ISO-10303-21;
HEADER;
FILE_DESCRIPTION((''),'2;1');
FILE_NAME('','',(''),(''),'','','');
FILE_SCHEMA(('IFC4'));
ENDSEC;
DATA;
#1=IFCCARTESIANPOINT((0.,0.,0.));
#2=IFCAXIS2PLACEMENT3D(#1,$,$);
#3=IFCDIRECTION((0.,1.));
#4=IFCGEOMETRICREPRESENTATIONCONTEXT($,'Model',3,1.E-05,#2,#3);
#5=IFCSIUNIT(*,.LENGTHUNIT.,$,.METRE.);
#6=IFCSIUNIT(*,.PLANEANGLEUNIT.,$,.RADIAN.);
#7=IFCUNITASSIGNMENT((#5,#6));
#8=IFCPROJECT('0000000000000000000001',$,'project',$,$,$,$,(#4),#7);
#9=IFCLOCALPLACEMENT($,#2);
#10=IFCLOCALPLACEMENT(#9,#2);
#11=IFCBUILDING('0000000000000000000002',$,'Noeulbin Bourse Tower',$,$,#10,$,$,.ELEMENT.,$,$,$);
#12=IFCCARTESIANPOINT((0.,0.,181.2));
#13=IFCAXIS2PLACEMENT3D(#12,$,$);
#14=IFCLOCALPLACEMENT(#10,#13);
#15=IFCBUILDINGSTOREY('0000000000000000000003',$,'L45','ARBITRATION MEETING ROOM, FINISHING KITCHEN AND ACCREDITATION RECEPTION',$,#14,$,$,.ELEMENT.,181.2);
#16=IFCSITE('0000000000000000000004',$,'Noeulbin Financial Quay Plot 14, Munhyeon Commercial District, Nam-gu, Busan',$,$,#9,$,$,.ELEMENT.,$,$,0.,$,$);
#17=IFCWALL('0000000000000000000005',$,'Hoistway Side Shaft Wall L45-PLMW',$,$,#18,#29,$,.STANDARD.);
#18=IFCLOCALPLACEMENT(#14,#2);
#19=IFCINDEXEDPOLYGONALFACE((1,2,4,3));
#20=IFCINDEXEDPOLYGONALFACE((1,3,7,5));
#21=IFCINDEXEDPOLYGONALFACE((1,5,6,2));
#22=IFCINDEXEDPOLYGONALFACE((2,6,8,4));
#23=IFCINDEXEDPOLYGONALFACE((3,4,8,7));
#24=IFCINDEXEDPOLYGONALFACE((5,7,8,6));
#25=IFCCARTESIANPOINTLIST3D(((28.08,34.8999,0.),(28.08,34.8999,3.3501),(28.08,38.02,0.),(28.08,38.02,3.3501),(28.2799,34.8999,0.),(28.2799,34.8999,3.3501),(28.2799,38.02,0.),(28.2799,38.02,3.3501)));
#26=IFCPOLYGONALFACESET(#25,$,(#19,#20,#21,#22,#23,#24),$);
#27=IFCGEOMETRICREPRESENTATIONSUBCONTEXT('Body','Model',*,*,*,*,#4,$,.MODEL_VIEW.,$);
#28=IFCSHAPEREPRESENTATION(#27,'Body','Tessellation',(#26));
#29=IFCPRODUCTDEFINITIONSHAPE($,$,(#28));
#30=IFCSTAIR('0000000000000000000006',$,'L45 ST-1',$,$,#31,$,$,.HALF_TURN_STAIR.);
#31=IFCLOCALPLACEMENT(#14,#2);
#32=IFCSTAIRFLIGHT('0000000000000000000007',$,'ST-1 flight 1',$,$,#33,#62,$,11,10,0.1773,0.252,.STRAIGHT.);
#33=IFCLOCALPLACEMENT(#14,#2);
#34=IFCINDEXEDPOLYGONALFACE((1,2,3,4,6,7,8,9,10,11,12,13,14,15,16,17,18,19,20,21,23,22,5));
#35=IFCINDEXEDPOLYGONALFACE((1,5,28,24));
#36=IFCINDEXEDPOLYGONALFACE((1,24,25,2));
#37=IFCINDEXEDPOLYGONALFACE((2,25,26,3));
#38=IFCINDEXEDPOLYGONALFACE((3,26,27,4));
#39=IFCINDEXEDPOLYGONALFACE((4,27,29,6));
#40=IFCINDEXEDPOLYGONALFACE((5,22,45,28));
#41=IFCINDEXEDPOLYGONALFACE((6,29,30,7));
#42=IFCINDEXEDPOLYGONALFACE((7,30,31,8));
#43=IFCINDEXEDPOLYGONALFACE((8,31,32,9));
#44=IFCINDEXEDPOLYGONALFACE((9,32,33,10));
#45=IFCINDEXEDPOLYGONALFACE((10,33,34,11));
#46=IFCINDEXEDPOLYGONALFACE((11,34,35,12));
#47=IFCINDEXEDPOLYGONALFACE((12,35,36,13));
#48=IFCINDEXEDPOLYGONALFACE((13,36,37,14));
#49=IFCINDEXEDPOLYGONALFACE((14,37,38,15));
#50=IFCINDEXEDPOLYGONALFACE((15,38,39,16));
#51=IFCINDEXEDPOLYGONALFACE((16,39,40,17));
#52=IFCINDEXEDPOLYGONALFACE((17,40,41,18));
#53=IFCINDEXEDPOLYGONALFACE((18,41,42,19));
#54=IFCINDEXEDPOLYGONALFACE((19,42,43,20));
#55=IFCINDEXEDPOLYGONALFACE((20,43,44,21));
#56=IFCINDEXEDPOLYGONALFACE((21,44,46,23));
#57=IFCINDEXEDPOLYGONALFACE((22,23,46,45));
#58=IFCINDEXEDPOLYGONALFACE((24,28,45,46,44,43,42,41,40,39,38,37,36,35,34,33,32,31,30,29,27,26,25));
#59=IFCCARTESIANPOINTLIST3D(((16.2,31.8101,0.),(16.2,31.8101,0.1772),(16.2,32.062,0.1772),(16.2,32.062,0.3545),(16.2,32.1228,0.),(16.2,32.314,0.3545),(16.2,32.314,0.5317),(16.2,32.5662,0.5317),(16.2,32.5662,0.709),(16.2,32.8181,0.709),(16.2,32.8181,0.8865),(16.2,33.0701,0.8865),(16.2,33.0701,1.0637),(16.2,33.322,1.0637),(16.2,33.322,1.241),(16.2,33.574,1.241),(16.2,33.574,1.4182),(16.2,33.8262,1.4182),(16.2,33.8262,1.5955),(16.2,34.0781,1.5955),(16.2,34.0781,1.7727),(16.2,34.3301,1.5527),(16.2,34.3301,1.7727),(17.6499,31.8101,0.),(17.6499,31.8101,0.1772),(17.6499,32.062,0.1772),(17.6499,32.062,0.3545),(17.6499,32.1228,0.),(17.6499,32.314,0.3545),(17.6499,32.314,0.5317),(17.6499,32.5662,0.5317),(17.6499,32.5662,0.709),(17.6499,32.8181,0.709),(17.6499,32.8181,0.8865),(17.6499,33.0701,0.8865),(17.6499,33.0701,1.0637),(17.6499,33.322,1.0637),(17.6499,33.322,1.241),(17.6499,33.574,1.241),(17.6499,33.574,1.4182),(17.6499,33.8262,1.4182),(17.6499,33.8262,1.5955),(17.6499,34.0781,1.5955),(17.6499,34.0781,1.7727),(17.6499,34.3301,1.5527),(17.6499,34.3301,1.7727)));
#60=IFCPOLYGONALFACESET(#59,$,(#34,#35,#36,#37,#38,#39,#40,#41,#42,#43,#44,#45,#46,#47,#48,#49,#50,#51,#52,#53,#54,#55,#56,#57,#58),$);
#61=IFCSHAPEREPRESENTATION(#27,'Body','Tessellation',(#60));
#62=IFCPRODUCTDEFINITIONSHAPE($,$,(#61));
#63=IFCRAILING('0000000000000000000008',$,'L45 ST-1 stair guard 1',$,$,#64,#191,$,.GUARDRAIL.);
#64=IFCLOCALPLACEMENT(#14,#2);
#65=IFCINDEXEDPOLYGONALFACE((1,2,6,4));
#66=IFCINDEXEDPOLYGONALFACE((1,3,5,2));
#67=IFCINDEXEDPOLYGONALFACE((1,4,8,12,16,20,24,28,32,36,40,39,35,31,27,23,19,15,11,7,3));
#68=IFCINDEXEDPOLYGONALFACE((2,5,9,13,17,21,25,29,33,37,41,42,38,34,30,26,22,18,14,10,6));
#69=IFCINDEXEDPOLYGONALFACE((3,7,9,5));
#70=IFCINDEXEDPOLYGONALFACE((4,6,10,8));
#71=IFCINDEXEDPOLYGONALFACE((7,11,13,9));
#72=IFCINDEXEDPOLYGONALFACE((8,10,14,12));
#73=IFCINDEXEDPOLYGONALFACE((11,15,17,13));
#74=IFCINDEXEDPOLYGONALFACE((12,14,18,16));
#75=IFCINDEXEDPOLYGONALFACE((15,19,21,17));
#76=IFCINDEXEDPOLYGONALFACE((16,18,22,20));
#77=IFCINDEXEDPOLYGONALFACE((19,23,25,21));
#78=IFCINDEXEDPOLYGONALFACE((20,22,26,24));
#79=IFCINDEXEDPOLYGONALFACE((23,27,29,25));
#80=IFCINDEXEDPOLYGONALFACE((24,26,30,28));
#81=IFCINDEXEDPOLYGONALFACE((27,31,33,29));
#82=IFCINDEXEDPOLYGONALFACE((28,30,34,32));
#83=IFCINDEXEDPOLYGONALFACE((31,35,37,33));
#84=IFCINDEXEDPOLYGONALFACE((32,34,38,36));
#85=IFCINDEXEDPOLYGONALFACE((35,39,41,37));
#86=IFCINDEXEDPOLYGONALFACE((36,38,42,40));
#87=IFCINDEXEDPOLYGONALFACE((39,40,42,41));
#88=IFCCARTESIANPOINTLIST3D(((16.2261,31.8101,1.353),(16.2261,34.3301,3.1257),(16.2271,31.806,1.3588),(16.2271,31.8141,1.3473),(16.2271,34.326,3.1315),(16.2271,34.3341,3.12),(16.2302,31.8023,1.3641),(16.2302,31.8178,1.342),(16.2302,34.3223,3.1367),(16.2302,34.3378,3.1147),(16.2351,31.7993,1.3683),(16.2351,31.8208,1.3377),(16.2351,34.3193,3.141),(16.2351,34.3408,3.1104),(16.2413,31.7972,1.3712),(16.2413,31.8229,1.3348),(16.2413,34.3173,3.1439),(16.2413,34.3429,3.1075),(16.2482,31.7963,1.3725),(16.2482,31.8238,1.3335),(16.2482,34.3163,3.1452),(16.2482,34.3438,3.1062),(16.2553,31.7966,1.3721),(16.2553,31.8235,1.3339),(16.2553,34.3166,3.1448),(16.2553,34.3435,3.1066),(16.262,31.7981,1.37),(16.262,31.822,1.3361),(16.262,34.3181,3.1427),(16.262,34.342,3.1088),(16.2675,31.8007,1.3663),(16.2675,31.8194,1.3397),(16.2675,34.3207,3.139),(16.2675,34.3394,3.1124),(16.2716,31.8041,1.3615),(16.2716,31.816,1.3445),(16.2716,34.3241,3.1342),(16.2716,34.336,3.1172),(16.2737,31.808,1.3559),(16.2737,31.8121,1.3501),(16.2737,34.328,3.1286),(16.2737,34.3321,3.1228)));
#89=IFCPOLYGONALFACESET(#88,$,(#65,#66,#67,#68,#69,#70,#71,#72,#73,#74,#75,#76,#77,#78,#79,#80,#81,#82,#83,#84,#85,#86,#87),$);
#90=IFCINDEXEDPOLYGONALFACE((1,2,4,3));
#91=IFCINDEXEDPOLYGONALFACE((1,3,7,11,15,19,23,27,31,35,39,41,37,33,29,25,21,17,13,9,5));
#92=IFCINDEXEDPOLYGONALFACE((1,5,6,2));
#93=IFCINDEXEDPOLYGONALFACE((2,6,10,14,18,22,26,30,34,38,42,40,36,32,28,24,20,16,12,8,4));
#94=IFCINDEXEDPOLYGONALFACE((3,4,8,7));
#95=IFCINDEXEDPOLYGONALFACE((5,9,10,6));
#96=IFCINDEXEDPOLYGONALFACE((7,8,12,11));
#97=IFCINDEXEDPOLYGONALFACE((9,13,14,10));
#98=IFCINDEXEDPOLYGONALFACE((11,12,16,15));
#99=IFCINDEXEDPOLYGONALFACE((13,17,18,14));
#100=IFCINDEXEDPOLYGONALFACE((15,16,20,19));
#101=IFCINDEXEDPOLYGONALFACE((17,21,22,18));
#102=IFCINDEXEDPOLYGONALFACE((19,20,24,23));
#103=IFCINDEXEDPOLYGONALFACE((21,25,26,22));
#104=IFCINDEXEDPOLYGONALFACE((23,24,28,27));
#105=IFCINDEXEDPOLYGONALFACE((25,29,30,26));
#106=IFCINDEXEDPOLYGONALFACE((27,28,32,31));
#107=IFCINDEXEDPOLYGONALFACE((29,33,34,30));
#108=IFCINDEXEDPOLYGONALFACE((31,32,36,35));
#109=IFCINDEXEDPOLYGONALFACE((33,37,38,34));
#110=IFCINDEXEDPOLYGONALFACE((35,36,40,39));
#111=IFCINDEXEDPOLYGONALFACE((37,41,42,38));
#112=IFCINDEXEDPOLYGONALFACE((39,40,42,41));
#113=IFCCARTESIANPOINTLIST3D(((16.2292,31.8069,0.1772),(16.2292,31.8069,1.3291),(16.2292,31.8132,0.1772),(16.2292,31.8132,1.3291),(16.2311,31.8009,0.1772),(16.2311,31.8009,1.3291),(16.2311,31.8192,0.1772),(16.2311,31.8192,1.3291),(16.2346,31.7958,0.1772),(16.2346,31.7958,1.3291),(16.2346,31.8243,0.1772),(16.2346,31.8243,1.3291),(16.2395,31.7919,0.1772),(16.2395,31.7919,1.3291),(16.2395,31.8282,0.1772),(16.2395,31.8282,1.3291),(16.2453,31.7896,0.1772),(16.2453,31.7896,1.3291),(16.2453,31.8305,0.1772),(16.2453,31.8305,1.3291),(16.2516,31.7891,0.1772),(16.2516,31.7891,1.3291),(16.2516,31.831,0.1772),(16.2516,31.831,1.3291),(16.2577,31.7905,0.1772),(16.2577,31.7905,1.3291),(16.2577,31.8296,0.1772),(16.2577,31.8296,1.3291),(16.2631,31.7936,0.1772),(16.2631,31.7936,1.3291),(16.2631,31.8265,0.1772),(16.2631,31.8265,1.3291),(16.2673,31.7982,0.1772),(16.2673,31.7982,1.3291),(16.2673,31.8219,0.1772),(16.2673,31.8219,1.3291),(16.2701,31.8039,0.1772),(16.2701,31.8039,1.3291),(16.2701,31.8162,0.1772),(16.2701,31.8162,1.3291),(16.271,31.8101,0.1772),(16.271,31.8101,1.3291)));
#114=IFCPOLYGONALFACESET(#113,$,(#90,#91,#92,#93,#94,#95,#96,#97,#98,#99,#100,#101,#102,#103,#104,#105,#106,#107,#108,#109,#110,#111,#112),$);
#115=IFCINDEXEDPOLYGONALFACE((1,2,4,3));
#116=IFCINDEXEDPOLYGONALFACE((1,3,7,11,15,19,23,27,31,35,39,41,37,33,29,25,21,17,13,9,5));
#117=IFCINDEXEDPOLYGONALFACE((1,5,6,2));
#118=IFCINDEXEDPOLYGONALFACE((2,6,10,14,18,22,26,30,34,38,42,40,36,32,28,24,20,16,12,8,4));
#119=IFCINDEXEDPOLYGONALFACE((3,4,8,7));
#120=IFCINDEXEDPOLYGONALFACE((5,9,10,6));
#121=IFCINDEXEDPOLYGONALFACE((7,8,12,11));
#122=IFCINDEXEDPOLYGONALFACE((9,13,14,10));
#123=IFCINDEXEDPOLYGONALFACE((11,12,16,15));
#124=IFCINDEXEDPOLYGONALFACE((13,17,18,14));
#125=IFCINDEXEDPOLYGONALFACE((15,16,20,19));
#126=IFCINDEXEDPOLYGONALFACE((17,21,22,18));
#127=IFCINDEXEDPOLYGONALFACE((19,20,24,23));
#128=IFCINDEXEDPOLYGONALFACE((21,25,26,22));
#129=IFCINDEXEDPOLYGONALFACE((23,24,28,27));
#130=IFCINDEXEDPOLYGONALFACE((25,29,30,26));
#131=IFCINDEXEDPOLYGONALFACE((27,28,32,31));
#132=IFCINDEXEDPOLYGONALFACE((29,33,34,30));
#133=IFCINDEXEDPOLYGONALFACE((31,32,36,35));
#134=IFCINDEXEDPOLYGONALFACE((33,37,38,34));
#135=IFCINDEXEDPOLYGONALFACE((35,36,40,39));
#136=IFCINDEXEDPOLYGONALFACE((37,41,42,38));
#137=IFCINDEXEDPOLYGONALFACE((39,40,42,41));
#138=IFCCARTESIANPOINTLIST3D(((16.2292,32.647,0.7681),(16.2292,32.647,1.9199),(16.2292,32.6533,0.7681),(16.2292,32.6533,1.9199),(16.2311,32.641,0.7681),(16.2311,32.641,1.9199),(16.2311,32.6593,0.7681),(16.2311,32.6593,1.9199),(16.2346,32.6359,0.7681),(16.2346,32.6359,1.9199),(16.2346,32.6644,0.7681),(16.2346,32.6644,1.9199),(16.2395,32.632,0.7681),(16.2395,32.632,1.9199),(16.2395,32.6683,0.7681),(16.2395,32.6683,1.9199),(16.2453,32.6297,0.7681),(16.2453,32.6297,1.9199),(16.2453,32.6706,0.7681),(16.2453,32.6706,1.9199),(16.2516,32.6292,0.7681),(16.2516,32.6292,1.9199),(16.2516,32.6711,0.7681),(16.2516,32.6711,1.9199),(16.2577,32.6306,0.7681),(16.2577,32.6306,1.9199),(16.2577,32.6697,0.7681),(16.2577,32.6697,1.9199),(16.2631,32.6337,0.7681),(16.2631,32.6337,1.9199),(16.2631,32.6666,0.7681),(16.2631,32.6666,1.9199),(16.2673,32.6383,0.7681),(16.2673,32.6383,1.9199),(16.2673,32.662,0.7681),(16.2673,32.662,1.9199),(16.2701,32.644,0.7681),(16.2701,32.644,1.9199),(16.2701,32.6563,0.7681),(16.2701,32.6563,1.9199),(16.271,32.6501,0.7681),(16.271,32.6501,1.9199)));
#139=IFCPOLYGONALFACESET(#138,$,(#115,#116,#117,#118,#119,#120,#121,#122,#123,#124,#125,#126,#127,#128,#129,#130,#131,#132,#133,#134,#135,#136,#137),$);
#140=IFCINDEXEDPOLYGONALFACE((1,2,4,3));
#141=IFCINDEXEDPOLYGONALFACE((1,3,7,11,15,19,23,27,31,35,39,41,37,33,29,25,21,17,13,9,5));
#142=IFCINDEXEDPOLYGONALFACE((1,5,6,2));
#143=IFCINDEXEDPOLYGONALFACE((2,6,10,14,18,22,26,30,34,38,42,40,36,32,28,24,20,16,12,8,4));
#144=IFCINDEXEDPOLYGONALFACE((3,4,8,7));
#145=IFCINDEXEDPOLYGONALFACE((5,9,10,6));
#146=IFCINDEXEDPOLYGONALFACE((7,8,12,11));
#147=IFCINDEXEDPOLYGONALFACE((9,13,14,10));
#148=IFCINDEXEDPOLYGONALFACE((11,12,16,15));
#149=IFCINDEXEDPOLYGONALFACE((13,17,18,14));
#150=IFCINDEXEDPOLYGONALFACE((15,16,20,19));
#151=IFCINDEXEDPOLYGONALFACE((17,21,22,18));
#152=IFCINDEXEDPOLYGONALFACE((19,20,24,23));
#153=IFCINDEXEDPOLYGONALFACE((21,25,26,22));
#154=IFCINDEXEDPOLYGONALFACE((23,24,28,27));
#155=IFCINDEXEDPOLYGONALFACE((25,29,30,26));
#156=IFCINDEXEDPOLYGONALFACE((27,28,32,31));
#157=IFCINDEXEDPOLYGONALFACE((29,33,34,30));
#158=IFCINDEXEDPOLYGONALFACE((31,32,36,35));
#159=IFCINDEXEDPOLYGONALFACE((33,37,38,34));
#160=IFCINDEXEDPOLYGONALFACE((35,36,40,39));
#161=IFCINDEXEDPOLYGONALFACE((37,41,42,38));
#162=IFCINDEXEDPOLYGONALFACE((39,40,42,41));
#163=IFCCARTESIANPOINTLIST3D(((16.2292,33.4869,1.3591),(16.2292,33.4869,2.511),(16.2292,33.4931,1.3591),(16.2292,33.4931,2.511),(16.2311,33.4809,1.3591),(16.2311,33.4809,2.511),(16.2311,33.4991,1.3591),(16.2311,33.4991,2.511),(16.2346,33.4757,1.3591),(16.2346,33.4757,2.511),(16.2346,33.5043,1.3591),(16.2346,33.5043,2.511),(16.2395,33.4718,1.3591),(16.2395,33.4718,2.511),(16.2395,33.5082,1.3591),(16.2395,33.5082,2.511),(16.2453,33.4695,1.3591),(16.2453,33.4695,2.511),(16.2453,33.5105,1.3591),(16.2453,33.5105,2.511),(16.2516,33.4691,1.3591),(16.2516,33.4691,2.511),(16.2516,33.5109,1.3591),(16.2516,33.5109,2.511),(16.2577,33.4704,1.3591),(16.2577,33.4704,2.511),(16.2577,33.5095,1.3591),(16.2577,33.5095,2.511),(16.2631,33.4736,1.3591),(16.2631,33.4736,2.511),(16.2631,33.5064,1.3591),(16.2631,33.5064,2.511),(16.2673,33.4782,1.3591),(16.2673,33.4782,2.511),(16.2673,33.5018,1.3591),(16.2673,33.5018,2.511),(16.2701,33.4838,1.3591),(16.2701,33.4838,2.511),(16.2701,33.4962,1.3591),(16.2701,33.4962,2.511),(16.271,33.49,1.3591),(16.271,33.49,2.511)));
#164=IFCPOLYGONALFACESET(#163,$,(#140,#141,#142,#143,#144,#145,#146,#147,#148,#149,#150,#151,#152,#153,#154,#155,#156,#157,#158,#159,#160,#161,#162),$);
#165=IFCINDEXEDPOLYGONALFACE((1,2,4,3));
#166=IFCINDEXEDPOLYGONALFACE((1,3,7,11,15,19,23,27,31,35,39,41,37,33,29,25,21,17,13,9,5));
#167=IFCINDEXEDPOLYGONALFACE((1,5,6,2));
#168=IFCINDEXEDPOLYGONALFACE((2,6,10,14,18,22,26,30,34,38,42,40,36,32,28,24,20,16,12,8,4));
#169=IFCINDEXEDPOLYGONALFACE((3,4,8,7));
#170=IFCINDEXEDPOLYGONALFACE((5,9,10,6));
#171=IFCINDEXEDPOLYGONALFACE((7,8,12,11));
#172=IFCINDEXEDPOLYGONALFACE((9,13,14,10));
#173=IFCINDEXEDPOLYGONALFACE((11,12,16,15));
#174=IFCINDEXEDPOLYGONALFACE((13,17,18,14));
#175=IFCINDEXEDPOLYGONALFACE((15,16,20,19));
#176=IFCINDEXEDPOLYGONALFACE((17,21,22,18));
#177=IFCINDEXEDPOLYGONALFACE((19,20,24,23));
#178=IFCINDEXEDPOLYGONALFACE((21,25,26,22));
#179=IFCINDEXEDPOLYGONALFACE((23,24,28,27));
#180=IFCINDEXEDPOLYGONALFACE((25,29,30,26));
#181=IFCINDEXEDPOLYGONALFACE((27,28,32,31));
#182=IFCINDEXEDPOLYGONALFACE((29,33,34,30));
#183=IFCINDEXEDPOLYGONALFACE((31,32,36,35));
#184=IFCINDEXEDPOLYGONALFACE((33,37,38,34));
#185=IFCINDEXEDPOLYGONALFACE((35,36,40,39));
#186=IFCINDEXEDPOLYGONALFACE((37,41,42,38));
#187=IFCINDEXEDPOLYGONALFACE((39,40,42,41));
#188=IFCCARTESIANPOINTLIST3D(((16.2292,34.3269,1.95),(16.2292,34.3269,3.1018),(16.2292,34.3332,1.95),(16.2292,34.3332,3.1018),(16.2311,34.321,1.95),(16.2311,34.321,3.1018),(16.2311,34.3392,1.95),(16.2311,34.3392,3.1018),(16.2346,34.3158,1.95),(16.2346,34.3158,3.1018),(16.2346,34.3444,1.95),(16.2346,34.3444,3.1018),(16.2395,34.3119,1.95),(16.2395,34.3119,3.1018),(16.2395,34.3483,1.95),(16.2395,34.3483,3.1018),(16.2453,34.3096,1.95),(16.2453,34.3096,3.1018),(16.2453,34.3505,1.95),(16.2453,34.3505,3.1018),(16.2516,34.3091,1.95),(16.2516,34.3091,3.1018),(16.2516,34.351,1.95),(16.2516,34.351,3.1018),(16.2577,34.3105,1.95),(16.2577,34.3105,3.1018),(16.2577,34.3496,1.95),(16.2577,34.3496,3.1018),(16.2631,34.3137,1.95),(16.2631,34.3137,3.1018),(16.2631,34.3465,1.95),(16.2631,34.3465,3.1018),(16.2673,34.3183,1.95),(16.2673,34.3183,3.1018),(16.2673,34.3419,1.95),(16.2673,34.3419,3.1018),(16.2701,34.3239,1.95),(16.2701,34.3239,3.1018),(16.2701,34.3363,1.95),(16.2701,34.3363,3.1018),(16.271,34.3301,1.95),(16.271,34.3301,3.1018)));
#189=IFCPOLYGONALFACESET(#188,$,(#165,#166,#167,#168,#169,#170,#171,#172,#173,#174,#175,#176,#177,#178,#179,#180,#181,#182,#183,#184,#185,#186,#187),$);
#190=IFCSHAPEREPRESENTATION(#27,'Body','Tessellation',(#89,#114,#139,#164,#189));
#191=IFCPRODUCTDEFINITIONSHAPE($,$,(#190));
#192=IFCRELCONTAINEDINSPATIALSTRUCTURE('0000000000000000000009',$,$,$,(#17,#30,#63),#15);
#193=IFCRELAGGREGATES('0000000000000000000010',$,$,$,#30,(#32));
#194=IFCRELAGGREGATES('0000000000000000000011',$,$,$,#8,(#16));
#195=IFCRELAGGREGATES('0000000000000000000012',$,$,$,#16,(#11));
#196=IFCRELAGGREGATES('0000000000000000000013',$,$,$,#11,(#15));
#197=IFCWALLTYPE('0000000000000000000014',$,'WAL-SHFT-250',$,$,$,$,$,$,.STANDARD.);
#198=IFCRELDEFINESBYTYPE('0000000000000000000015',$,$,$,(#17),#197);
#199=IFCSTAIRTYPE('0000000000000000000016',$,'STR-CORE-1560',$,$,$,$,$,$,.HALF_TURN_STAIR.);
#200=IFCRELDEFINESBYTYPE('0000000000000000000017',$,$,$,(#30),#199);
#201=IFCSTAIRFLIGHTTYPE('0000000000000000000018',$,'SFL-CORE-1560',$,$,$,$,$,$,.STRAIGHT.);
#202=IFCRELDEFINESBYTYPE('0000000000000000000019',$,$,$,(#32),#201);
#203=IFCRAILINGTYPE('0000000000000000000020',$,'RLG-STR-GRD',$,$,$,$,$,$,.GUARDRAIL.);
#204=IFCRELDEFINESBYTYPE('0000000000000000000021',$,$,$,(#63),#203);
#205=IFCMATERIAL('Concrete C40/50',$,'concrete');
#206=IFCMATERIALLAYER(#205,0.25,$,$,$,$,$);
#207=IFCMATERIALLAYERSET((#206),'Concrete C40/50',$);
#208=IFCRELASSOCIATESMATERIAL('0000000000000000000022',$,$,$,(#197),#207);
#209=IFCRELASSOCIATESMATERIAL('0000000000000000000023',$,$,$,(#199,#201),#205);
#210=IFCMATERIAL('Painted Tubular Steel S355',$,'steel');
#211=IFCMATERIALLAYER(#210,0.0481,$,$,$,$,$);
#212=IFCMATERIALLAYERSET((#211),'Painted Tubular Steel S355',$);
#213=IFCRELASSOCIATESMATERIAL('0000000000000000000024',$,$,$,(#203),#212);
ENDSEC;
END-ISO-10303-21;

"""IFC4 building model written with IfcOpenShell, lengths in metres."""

from ifc_helpers import new_model, si_unit, direction, frame, frame_2d, origin, origin_2d, place, context, subcontext, project, spatial, polyline, rectangle, circle, outline, extrude, material, layer, layer_set, type_object, element, aggregate, save


model = new_model("IFC4")

# Units and contexts
model_context = context("Model", 3, precision=1e-05, world=origin(), true_north=direction((0.0, 1.0)))
body_context = subcontext(model_context, "Body", "Model", "MODEL_VIEW")
ifc_project = project(units=[si_unit("LENGTHUNIT", "METRE"), si_unit("PLANEANGLEUNIT", "RADIAN")], contexts=[model_context])

# Site, building, storey
site_placement = place(None, origin())
site = spatial("IfcSite", under=ifc_project, at=site_placement, Name="Noeulbin Financial Quay Plot 14, Munhyeon Commercial District, Nam-gu, Busan", CompositionType="ELEMENT", RefElevation=0.0)
building_placement = place(site_placement, origin())
building = spatial("IfcBuilding", under=site, at=building_placement, Name="Noeulbin Bourse Tower", CompositionType="ELEMENT")
storey_placement = place(building_placement, frame((0.0, 0.0, 181.2)))
storey = spatial("IfcBuildingStorey", under=building, at=storey_placement, Name="L45", Description="ARBITRATION MEETING ROOM, FINISHING KITCHEN AND ACCREDITATION RECEPTION", CompositionType="ELEMENT", Elevation=181.2)

# Shared definitions
ifc_material_1 = material(Name="Concrete C40/50", Category="concrete")

# Shared definitions
ifc_layer_1 = layer(ifc_material_1, 0.25)
ifc_layer_set_1 = layer_set([ifc_layer_1], Name="Concrete C40/50")
wall_type_1 = type_object("IfcWallType", Name="WAL-SHFT-250", PredefinedType="STANDARD", material=ifc_layer_set_1)

# Wall
wall_1_placement = place(storey_placement, frame((28.1799, 34.8999, 0.0), z_axis=(0.0, 0.0, 1.0), x_axis=(0.0, 1.0, 0.0)))
element("IfcWall", 1, at=wall_1_placement, inside=storey, type_object=wall_type_1, Name="Hoistway Side Shaft Wall L45-PLMW", PredefinedType="STANDARD", context=body_context, shape_type="SweptSolid", body=[
    extrude(rectangle(XDim=3.1201, YDim=0.2, at=frame_2d((1.5601, 0.0))), origin(), (0.0, 0.0, 1.0), 3.3501),
])

# Stair, stair flight
stair_type = type_object("IfcStairType", Name="STR-CORE-1560", PredefinedType="HALF_TURN_STAIR", material=ifc_material_1)
stair_placement = place(storey_placement, origin())
stair = element("IfcStair", 2, at=stair_placement, inside=storey, type_object=stair_type, Name="L45 ST-1", PredefinedType="HALF_TURN_STAIR")
stair_flight_type = type_object("IfcStairFlightType", Name="SFL-CORE-1560", PredefinedType="STRAIGHT", material=ifc_material_1)
stair_flight_placement = place(storey_placement, frame((16.925, 31.8101, 0.0), z_axis=(0.0, 0.0, 1.0), x_axis=(0.0, 1.0, 0.0)))
stair_flight = element("IfcStairFlight", 3, at=stair_flight_placement, type_object=stair_flight_type, Name="ST-1 flight 1", NumberOfRisers=11, NumberOfTreads=10, PredefinedType="STRAIGHT", RiserHeight=0.1773, TreadLength=0.252, context=body_context, shape_type="SweptSolid", body=[
    extrude(outline(polyline([(0.0, 0.0), (0.0, 0.1772), (0.252, 0.1772), (0.252, 0.3545), (0.5039, 0.3545), (0.5039, 0.5317), (0.7561, 0.5317), (0.7561, 0.709), (1.0081, 0.709), (1.0081, 0.8865), (1.26, 0.8865), (1.26, 1.0637), (1.512, 1.0637), (1.512, 1.241), (1.7639, 1.241), (1.7639, 1.4182), (2.0161, 1.4182), (2.0161, 1.5955), (2.2681, 1.5955), (2.2681, 1.7727), (2.52, 1.7727), (2.52, 1.95), (2.52, 1.5527), (0.3127, 0.0), (0.0, 0.0)])), frame((0.0, 0.7251, 0.0), z_axis=(0.0, -1.0, 0.0), x_axis=(1.0, 0.0, 0.0)), (0.0, 0.0, 1.0), 1.45),
])
aggregate(stair, [stair_flight])

# Railing
ifc_material_2 = material(Name="Painted Tubular Steel S355", Category="steel")
ifc_layer_2 = layer(ifc_material_2, 0.0481)
ifc_layer_set_2 = layer_set([ifc_layer_2], Name="Painted Tubular Steel S355")
railing_type_1 = type_object("IfcRailingType", Name="RLG-STR-GRD", PredefinedType="GUARDRAIL", material=ifc_layer_set_2)
railing_1_placement = place(storey_placement, frame((16.25, 31.8101, 0.1772)))
element("IfcRailing", 4, at=railing_1_placement, inside=storey, type_object=railing_type_1, Name="L45 ST-1 stair guard 1", PredefinedType="GUARDRAIL", context=body_context, shape_type="SweptSolid", body=[
    extrude(circle(Radius=0.0239, at=origin_2d()), frame((0.0, 0.0, 1.1758), z_axis=(0.0, 0.817904, 0.575354), x_axis=(-1.0, 0.0, 0.0)), (0.0, 0.0, 1.0), 3.0811),
    extrude(circle(Radius=0.021, at=origin_2d()), origin(), (0.0, 0.0, 1.0), 1.1519),
    extrude(circle(Radius=0.021, at=origin_2d()), frame((0.0, 0.8401, 0.5908)), (0.0, 0.0, 1.0), 1.1519),
    extrude(circle(Radius=0.021, at=origin_2d()), frame((0.0, 1.6799, 1.1819)), (0.0, 0.0, 1.0), 1.1519),
    extrude(circle(Radius=0.021, at=origin_2d()), frame((0.0, 2.52, 1.7727)), (0.0, 0.0, 1.0), 1.1519),
])

save(model, "model.ifc")
